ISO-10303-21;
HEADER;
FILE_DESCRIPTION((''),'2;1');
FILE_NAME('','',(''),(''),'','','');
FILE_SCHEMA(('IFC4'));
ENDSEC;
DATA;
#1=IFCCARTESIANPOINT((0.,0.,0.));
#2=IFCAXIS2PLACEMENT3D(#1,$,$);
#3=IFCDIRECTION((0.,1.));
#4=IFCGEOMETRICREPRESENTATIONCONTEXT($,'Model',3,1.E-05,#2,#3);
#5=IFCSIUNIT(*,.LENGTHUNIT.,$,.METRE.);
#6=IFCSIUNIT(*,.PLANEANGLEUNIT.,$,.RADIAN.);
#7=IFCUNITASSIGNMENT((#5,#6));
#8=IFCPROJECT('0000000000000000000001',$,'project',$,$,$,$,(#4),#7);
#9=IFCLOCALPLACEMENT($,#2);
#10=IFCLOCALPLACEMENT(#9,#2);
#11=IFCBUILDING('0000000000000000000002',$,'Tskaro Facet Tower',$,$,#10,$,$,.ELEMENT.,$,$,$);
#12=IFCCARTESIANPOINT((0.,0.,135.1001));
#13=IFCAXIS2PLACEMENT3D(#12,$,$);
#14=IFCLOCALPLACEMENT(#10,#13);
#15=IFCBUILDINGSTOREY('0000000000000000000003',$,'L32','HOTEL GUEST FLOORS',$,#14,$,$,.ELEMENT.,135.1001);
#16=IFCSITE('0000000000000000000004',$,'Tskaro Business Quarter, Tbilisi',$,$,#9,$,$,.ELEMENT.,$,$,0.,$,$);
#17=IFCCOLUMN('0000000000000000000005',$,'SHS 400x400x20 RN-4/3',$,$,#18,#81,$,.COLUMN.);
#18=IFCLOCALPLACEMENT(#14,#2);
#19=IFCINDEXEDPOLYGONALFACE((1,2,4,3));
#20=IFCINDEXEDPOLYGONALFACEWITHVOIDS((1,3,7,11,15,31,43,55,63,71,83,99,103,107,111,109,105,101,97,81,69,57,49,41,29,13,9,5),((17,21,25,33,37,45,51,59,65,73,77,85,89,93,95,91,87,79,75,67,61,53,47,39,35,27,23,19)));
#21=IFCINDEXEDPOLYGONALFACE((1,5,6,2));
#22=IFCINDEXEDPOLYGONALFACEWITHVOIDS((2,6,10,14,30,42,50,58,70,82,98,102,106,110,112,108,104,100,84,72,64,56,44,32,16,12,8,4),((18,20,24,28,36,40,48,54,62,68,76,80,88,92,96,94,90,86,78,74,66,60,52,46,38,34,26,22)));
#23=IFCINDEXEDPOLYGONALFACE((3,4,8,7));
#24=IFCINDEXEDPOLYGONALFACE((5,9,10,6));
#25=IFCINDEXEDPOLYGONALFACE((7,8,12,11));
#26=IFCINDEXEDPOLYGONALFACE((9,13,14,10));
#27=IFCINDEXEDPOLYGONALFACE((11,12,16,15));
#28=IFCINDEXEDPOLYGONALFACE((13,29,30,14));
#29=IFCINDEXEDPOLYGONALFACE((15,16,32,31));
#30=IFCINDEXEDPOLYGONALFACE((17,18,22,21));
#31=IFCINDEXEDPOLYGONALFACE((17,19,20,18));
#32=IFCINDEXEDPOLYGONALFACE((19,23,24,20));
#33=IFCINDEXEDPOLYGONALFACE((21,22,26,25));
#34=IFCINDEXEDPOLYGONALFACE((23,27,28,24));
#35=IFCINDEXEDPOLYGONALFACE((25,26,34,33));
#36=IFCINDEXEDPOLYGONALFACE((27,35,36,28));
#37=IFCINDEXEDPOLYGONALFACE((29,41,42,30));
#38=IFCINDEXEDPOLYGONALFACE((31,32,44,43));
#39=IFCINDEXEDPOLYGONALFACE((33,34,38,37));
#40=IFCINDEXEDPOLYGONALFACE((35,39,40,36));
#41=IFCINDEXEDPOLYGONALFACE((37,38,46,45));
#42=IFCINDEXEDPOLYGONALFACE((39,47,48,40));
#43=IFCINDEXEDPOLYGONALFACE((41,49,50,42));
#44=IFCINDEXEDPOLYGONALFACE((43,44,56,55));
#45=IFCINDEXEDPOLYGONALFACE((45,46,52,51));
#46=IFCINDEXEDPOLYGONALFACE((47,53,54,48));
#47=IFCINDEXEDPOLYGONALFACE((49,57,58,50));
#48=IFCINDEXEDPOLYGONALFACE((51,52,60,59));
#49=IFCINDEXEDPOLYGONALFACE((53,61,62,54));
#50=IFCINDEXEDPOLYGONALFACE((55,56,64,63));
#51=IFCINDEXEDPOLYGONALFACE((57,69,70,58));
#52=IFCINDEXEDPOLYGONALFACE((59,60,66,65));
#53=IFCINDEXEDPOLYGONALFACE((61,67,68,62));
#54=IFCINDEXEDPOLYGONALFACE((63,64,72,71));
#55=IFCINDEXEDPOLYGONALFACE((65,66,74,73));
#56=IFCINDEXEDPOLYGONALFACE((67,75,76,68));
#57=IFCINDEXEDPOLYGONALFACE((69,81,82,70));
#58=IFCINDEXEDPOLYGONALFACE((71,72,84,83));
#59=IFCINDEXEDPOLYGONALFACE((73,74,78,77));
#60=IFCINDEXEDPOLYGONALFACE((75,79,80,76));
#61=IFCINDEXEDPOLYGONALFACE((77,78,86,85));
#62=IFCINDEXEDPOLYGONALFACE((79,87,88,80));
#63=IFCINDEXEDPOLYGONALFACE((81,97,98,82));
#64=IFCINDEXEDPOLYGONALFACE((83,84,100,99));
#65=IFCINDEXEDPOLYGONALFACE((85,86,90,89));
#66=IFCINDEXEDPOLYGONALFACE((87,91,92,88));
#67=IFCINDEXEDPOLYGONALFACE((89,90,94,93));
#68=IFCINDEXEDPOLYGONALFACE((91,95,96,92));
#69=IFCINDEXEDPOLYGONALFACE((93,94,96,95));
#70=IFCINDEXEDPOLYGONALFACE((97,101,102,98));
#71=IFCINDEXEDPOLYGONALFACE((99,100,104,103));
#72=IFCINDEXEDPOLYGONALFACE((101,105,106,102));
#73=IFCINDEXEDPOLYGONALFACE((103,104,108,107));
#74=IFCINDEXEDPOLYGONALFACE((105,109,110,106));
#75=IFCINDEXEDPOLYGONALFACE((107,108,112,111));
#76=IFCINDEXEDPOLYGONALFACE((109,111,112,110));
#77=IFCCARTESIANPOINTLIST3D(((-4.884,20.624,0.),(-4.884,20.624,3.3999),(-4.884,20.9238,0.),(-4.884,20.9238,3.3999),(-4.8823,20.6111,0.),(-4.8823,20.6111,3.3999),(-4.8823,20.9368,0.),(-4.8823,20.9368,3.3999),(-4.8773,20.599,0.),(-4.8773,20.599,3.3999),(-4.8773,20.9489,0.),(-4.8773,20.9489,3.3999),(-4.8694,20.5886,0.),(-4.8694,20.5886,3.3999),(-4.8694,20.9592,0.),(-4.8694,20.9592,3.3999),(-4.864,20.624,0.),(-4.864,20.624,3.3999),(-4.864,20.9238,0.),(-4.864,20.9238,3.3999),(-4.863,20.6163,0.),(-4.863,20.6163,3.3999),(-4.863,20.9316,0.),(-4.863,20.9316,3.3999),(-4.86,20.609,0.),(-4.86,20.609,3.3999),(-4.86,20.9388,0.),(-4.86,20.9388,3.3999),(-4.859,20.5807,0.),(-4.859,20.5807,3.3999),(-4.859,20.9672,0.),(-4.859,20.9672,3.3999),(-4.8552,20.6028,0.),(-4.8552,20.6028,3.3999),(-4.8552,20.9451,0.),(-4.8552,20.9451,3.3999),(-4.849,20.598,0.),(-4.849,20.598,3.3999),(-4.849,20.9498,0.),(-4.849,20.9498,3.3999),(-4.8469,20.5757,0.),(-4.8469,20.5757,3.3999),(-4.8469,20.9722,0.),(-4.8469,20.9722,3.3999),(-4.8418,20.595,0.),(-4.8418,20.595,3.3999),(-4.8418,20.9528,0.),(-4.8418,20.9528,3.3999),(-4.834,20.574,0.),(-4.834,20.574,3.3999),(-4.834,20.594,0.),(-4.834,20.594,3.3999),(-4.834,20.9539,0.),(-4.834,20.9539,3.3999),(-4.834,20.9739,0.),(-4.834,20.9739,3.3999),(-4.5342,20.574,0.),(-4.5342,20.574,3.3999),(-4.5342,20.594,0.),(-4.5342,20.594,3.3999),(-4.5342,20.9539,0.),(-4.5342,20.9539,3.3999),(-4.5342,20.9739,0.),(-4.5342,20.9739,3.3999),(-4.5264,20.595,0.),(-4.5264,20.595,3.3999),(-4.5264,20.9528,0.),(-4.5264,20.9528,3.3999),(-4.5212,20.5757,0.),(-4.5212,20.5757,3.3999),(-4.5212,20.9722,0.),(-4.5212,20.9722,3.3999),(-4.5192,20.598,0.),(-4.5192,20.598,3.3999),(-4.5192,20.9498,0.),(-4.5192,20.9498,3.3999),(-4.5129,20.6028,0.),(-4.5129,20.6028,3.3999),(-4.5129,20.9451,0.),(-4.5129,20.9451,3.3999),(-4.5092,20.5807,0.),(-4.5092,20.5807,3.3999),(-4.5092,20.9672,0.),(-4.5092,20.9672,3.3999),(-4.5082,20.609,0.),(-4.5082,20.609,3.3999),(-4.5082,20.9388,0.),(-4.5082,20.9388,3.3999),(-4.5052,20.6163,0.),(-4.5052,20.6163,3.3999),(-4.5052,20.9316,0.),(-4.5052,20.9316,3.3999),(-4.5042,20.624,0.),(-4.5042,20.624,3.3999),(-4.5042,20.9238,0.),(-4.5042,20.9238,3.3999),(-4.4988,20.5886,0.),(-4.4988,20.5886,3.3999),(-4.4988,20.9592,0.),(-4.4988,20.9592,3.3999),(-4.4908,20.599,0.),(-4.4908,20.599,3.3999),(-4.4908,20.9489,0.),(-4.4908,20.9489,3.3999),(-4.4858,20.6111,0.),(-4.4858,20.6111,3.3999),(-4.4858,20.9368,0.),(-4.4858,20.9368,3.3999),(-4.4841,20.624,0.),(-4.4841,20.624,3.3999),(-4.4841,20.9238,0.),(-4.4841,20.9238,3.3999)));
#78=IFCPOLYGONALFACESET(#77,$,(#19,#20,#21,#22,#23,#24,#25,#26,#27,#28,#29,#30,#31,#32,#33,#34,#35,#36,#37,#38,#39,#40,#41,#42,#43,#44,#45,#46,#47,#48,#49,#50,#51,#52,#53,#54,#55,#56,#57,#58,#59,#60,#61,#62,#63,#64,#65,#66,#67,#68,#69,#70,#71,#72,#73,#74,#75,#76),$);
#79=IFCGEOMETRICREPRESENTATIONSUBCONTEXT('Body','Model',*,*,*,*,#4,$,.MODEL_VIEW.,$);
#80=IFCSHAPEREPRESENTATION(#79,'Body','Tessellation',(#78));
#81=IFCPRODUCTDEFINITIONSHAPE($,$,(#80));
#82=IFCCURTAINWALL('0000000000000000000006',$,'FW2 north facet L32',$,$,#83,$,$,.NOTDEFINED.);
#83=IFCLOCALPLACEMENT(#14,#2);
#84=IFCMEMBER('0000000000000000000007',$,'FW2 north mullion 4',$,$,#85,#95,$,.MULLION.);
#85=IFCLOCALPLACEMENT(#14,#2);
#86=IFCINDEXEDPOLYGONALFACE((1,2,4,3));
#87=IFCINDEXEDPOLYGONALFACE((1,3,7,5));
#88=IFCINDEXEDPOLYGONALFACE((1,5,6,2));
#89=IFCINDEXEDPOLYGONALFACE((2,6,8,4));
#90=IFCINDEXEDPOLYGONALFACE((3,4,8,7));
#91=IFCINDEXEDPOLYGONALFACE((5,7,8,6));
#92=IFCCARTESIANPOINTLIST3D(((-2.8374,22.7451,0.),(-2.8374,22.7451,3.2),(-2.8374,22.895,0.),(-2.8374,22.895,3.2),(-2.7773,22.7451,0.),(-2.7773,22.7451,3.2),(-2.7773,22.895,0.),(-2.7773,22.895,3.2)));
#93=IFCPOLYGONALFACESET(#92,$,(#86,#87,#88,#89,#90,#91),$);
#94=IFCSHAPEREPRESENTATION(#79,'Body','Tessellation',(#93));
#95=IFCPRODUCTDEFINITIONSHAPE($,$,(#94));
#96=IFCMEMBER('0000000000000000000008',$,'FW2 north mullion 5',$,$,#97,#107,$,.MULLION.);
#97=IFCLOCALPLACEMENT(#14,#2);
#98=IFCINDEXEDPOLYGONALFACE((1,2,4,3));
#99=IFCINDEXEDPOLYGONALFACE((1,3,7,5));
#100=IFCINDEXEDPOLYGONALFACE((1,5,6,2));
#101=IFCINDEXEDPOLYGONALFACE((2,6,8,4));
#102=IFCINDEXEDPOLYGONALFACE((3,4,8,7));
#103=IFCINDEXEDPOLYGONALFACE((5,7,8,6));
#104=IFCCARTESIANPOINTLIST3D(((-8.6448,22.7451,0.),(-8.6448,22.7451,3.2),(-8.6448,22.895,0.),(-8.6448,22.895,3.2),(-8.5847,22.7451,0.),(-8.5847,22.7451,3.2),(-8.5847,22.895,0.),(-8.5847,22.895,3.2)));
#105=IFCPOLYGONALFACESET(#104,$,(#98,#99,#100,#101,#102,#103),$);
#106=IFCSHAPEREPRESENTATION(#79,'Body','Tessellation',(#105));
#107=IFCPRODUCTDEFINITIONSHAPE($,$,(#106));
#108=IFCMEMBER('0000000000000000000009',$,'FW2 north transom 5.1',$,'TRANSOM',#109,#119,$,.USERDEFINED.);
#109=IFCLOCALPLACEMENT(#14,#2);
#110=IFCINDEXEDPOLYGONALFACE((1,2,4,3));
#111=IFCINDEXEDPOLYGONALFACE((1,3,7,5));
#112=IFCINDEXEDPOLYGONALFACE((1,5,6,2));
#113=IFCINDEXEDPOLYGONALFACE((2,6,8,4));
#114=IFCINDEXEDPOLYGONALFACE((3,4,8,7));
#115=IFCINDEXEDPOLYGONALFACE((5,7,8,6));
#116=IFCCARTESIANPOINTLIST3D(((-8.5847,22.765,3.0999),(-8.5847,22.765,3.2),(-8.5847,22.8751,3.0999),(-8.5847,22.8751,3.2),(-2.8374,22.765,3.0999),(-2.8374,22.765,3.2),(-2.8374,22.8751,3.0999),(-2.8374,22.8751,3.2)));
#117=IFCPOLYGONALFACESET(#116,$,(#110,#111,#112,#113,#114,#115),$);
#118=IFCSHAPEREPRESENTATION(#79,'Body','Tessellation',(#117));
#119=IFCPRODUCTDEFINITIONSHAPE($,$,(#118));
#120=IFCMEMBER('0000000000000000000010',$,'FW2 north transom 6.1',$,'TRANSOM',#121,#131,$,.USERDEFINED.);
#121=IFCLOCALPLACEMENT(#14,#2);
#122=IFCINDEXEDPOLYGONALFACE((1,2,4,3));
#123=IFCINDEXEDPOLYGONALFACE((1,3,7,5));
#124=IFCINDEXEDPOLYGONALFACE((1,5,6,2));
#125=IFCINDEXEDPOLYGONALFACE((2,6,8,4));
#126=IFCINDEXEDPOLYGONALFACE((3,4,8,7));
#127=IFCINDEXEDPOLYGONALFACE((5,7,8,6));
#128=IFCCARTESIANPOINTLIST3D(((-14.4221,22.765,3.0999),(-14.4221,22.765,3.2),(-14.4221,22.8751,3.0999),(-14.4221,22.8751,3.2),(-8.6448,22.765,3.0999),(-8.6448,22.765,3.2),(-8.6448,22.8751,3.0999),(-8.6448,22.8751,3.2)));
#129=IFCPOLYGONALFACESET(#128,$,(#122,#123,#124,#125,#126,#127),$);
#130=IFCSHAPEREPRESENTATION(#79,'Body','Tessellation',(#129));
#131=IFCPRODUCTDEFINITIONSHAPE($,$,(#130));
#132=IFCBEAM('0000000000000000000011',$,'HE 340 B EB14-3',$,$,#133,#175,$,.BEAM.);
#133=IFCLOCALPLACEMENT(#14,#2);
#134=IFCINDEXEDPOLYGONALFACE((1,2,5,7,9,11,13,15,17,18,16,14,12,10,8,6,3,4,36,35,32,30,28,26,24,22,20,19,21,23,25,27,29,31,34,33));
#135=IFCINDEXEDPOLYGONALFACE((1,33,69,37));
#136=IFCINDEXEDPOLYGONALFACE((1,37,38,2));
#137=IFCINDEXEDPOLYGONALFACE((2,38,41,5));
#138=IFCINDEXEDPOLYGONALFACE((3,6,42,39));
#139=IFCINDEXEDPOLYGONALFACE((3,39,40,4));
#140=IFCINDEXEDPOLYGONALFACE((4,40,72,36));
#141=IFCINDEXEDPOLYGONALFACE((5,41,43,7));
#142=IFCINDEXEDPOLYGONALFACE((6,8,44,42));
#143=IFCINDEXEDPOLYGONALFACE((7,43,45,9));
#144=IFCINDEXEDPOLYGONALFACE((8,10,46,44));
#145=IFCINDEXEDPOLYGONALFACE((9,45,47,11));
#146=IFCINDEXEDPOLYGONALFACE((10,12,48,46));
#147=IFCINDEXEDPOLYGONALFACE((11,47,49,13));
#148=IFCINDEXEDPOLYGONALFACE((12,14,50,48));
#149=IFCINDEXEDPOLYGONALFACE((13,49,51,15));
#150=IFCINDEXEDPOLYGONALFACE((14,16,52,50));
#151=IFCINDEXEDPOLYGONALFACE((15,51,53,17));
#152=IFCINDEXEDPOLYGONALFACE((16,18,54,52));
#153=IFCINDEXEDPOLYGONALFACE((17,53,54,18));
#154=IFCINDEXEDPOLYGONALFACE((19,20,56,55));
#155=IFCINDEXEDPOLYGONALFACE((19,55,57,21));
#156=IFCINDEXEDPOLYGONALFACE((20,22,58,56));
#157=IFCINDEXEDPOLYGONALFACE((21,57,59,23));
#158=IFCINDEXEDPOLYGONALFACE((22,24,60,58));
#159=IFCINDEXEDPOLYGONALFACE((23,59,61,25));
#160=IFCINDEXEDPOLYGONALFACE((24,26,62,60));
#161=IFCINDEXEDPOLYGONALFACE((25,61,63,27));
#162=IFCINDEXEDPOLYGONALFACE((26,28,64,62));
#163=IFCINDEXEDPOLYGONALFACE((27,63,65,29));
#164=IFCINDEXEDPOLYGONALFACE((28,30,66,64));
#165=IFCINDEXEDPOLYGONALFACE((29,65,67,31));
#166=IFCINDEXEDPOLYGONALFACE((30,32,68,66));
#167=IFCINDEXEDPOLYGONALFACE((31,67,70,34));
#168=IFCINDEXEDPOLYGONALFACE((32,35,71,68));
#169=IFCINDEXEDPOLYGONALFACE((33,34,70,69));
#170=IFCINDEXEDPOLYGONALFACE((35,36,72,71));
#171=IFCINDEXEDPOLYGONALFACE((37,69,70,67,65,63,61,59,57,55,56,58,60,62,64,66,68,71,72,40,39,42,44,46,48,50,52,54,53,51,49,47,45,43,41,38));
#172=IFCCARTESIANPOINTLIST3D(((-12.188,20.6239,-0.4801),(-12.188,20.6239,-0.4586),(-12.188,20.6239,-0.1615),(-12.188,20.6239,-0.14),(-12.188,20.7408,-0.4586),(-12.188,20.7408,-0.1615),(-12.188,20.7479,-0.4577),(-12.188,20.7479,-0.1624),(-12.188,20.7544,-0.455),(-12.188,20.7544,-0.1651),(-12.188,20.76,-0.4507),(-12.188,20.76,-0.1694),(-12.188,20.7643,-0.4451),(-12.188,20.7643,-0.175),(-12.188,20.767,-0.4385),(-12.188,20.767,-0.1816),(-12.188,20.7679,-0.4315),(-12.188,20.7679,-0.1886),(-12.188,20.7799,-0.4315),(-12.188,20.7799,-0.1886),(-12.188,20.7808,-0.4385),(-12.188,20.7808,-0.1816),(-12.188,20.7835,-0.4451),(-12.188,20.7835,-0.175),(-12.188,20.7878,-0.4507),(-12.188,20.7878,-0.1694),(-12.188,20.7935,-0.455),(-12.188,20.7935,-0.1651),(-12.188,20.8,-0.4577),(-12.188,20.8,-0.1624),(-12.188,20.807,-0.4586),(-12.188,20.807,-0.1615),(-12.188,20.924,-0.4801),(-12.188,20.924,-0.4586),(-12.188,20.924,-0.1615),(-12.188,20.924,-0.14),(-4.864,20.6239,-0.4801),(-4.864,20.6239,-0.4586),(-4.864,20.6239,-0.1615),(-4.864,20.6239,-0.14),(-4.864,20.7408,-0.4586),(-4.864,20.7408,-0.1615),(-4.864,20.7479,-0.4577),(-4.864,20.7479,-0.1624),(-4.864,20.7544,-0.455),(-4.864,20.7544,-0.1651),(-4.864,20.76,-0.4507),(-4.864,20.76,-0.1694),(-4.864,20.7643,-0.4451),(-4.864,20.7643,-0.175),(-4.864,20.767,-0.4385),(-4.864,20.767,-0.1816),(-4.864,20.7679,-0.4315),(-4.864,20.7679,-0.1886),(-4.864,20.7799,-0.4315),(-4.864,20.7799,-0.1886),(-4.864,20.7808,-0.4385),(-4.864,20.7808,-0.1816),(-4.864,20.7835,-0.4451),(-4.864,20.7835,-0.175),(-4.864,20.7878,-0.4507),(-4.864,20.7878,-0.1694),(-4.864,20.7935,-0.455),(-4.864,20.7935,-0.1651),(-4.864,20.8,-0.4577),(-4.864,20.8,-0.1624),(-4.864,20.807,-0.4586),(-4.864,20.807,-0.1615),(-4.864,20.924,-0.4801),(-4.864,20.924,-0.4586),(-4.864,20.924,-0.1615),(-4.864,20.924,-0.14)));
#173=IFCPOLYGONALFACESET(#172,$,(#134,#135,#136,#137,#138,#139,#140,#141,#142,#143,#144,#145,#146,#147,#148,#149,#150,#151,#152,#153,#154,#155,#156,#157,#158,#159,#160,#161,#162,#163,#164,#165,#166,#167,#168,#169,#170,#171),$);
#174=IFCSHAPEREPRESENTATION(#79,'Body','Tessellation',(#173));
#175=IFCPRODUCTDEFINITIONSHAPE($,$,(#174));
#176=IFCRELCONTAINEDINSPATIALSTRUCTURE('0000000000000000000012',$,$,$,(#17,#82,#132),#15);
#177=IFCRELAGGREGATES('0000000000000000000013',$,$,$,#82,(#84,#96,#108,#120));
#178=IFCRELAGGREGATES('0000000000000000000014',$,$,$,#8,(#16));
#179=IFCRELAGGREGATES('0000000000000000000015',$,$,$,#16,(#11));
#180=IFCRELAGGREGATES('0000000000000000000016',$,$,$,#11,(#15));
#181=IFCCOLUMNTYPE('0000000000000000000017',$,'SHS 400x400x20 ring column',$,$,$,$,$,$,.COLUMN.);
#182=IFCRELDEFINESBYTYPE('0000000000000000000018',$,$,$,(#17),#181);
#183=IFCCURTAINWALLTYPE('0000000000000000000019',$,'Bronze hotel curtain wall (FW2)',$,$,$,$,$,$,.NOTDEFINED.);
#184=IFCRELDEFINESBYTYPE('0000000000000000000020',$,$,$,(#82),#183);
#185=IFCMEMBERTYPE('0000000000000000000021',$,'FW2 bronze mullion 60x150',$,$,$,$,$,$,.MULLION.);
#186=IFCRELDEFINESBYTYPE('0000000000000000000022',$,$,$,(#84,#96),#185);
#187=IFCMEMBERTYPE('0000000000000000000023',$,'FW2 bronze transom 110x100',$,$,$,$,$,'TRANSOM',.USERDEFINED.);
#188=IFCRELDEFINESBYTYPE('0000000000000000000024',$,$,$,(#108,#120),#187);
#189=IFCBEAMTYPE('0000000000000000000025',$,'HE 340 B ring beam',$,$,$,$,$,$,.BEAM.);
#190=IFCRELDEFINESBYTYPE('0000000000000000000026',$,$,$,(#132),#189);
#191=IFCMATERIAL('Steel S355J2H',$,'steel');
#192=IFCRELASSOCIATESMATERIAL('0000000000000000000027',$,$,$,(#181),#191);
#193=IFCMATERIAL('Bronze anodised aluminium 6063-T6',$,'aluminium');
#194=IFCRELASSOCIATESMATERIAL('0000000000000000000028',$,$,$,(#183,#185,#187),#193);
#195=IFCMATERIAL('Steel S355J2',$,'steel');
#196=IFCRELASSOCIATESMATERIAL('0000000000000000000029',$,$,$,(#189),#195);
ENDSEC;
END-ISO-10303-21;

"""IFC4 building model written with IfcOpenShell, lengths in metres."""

from ifc_helpers import new_model, si_unit, direction, frame, origin, origin_2d, place, context, subcontext, project, spatial, rectangle, hollow_rectangle, i_section, extrude, material, material_profile, profile_set, type_object, element, aggregate, save


model = new_model("IFC4")

# Units and contexts
model_context = context("Model", 3, precision=1e-05, world=origin(), true_north=direction((0.0, 1.0)))
body_context = subcontext(model_context, "Body", "Model", "MODEL_VIEW")
ifc_project = project(units=[si_unit("LENGTHUNIT", "METRE"), si_unit("PLANEANGLEUNIT", "RADIAN")], contexts=[model_context])

# Site, building, storey
site_placement = place(None, origin())
site = spatial("IfcSite", under=ifc_project, at=site_placement, Name="Tskaro Business Quarter, Tbilisi", CompositionType="ELEMENT", RefElevation=0.0)
building_placement = place(site_placement, origin())
building = spatial("IfcBuilding", under=site, at=building_placement, Name="Tskaro Facet Tower", CompositionType="ELEMENT")
storey_placement = place(building_placement, frame((0.0, 0.0, 135.1001)))
storey = spatial("IfcBuildingStorey", under=building, at=storey_placement, Name="L32", Description="HOTEL GUEST FLOORS", CompositionType="ELEMENT", Elevation=135.1001)

# Column
ifc_material_1 = material(Name="Steel S355J2H", Category="steel")
ifc_material_profile_1 = material_profile(ifc_material_1, hollow_rectangle(XDim=0.3999, YDim=0.3999, WallThickness=0.02, InnerFilletRadius=0.03, OuterFilletRadius=0.05, at=origin_2d()), Name="SHS 400x400x20")
ifc_profile_set_1 = profile_set([ifc_material_profile_1], Name="Steel S355J2H")
column_type = type_object("IfcColumnType", Name="SHS 400x400x20 ring column", PredefinedType="COLUMN", material=ifc_profile_set_1)
column_placement = place(storey_placement, frame((-4.6841, 20.7739, 0.0), z_axis=(0.0, 0.0, 1.0), x_axis=(1.0, 0.0, 0.0)))
element("IfcColumn", 1, at=column_placement, inside=storey, type_object=column_type, Name="SHS 400x400x20 RN-4/3", PredefinedType="COLUMN", context=body_context, shape_type="SweptSolid", body=[
    extrude(hollow_rectangle(XDim=0.3999, YDim=0.3999, WallThickness=0.02, InnerFilletRadius=0.03, OuterFilletRadius=0.05, at=origin_2d()), origin(), (0.0, 0.0, 1.0), 3.3999),
])

# Curtain wall, members
ifc_material_2 = material(Name="Bronze anodised aluminium 6063-T6", Category="aluminium")
curtain_wall_type = type_object("IfcCurtainWallType", Name="Bronze hotel curtain wall (FW2)", PredefinedType="NOTDEFINED", material=ifc_material_2)
curtain_wall_placement = place(storey_placement, origin())
curtain_wall = element("IfcCurtainWall", 2, at=curtain_wall_placement, inside=storey, type_object=curtain_wall_type, Name="FW2 north facet L32", PredefinedType="NOTDEFINED")
ifc_material_profile_2 = material_profile(ifc_material_2, rectangle(XDim=0.0601, YDim=0.1499, at=origin_2d()), Name="Mullion 60x150")
ifc_profile_set_2 = profile_set([ifc_material_profile_2], Name="Bronze anodised aluminium 6063-T6")
member_type_1 = type_object("IfcMemberType", Name="FW2 bronze mullion 60x150", PredefinedType="MULLION", material=ifc_profile_set_2)
member_1_placement = place(storey_placement, frame((-2.8074, 22.8201, 0.0), z_axis=(0.0, 0.0, 1.0), x_axis=(-1.0, 0.0, 0.0)))
member_1 = element("IfcMember", 3, at=member_1_placement, type_object=member_type_1, Name="FW2 north mullion 4", PredefinedType="MULLION", context=body_context, shape_type="SweptSolid", body=[
    extrude(rectangle(XDim=0.0601, YDim=0.1499, at=origin_2d()), origin(), (0.0, 0.0, 1.0), 3.2),
])
member_2_placement = place(storey_placement, frame((-8.6147, 22.8201, 0.0), z_axis=(0.0, 0.0, 1.0), x_axis=(-1.0, 0.0, 0.0)))
member_2 = element("IfcMember", 4, at=member_2_placement, type_object=member_type_1, Name="FW2 north mullion 5", PredefinedType="MULLION", context=body_context, shape_type="SweptSolid", body=[
    extrude(rectangle(XDim=0.0601, YDim=0.1499, at=origin_2d()), origin(), (0.0, 0.0, 1.0), 3.2),
])
ifc_material_profile_3 = material_profile(ifc_material_2, rectangle(XDim=0.1101, YDim=0.1001, at=origin_2d()), Name="Transom 110x100")
ifc_profile_set_3 = profile_set([ifc_material_profile_3], Name="Bronze anodised aluminium 6063-T6")
member_type_2 = type_object("IfcMemberType", Name="FW2 bronze transom 110x100", ElementType="TRANSOM", PredefinedType="USERDEFINED", material=ifc_profile_set_3)
member_3_placement = place(storey_placement, frame((-2.8374, 22.8201, 3.1499), z_axis=(-1.0, 0.0, 0.0), x_axis=(0.0, -1.0, 0.0)))
member_3 = element("IfcMember", 5, at=member_3_placement, type_object=member_type_2, Name="FW2 north transom 5.1", ObjectType="TRANSOM", PredefinedType="USERDEFINED", context=body_context, shape_type="SweptSolid", body=[
    extrude(rectangle(XDim=0.1101, YDim=0.1001, at=origin_2d()), origin(), (0.0, 0.0, 1.0), 5.7473),
])
member_4_placement = place(storey_placement, frame((-8.6448, 22.8201, 3.1499), z_axis=(-1.0, 0.0, 0.0), x_axis=(0.0, -1.0, 0.0)))
member_4 = element("IfcMember", 6, at=member_4_placement, type_object=member_type_2, Name="FW2 north transom 6.1", ObjectType="TRANSOM", PredefinedType="USERDEFINED", context=body_context, shape_type="SweptSolid", body=[
    extrude(rectangle(XDim=0.1101, YDim=0.1001, at=origin_2d()), origin(), (0.0, 0.0, 1.0), 5.7773),
])

# Beam
ifc_material_3 = material(Name="Steel S355J2", Category="steel")
ifc_material_profile_4 = material_profile(ifc_material_3, i_section(OverallWidth=0.3, OverallDepth=0.3401, WebThickness=0.012, FlangeThickness=0.0215, FilletRadius=0.0271, at=origin_2d()), Name="HE 340 B")
ifc_profile_set_4 = profile_set([ifc_material_profile_4], Name="Steel S355J2")
beam_type_1 = type_object("IfcBeamType", Name="HE 340 B ring beam", PredefinedType="BEAM", material=ifc_profile_set_4)
beam_placement = place(storey_placement, frame((-4.864, 20.7739, -0.3101), z_axis=(-1.0, 0.0, 0.0), x_axis=(0.0, -1.0, 0.0)))
element("IfcBeam", 7, at=beam_placement, inside=storey, type_object=beam_type_1, Name="HE 340 B EB14-3", PredefinedType="BEAM", context=body_context, shape_type="SweptSolid", body=[
    extrude(i_section(OverallWidth=0.3, OverallDepth=0.3401, WebThickness=0.012, FlangeThickness=0.0215, FilletRadius=0.0271, at=origin_2d()), origin(), (0.0, 0.0, 1.0), 7.324),
])

aggregate(curtain_wall, [member_1, member_2, member_3, member_4])

save(model, "model.ifc")
